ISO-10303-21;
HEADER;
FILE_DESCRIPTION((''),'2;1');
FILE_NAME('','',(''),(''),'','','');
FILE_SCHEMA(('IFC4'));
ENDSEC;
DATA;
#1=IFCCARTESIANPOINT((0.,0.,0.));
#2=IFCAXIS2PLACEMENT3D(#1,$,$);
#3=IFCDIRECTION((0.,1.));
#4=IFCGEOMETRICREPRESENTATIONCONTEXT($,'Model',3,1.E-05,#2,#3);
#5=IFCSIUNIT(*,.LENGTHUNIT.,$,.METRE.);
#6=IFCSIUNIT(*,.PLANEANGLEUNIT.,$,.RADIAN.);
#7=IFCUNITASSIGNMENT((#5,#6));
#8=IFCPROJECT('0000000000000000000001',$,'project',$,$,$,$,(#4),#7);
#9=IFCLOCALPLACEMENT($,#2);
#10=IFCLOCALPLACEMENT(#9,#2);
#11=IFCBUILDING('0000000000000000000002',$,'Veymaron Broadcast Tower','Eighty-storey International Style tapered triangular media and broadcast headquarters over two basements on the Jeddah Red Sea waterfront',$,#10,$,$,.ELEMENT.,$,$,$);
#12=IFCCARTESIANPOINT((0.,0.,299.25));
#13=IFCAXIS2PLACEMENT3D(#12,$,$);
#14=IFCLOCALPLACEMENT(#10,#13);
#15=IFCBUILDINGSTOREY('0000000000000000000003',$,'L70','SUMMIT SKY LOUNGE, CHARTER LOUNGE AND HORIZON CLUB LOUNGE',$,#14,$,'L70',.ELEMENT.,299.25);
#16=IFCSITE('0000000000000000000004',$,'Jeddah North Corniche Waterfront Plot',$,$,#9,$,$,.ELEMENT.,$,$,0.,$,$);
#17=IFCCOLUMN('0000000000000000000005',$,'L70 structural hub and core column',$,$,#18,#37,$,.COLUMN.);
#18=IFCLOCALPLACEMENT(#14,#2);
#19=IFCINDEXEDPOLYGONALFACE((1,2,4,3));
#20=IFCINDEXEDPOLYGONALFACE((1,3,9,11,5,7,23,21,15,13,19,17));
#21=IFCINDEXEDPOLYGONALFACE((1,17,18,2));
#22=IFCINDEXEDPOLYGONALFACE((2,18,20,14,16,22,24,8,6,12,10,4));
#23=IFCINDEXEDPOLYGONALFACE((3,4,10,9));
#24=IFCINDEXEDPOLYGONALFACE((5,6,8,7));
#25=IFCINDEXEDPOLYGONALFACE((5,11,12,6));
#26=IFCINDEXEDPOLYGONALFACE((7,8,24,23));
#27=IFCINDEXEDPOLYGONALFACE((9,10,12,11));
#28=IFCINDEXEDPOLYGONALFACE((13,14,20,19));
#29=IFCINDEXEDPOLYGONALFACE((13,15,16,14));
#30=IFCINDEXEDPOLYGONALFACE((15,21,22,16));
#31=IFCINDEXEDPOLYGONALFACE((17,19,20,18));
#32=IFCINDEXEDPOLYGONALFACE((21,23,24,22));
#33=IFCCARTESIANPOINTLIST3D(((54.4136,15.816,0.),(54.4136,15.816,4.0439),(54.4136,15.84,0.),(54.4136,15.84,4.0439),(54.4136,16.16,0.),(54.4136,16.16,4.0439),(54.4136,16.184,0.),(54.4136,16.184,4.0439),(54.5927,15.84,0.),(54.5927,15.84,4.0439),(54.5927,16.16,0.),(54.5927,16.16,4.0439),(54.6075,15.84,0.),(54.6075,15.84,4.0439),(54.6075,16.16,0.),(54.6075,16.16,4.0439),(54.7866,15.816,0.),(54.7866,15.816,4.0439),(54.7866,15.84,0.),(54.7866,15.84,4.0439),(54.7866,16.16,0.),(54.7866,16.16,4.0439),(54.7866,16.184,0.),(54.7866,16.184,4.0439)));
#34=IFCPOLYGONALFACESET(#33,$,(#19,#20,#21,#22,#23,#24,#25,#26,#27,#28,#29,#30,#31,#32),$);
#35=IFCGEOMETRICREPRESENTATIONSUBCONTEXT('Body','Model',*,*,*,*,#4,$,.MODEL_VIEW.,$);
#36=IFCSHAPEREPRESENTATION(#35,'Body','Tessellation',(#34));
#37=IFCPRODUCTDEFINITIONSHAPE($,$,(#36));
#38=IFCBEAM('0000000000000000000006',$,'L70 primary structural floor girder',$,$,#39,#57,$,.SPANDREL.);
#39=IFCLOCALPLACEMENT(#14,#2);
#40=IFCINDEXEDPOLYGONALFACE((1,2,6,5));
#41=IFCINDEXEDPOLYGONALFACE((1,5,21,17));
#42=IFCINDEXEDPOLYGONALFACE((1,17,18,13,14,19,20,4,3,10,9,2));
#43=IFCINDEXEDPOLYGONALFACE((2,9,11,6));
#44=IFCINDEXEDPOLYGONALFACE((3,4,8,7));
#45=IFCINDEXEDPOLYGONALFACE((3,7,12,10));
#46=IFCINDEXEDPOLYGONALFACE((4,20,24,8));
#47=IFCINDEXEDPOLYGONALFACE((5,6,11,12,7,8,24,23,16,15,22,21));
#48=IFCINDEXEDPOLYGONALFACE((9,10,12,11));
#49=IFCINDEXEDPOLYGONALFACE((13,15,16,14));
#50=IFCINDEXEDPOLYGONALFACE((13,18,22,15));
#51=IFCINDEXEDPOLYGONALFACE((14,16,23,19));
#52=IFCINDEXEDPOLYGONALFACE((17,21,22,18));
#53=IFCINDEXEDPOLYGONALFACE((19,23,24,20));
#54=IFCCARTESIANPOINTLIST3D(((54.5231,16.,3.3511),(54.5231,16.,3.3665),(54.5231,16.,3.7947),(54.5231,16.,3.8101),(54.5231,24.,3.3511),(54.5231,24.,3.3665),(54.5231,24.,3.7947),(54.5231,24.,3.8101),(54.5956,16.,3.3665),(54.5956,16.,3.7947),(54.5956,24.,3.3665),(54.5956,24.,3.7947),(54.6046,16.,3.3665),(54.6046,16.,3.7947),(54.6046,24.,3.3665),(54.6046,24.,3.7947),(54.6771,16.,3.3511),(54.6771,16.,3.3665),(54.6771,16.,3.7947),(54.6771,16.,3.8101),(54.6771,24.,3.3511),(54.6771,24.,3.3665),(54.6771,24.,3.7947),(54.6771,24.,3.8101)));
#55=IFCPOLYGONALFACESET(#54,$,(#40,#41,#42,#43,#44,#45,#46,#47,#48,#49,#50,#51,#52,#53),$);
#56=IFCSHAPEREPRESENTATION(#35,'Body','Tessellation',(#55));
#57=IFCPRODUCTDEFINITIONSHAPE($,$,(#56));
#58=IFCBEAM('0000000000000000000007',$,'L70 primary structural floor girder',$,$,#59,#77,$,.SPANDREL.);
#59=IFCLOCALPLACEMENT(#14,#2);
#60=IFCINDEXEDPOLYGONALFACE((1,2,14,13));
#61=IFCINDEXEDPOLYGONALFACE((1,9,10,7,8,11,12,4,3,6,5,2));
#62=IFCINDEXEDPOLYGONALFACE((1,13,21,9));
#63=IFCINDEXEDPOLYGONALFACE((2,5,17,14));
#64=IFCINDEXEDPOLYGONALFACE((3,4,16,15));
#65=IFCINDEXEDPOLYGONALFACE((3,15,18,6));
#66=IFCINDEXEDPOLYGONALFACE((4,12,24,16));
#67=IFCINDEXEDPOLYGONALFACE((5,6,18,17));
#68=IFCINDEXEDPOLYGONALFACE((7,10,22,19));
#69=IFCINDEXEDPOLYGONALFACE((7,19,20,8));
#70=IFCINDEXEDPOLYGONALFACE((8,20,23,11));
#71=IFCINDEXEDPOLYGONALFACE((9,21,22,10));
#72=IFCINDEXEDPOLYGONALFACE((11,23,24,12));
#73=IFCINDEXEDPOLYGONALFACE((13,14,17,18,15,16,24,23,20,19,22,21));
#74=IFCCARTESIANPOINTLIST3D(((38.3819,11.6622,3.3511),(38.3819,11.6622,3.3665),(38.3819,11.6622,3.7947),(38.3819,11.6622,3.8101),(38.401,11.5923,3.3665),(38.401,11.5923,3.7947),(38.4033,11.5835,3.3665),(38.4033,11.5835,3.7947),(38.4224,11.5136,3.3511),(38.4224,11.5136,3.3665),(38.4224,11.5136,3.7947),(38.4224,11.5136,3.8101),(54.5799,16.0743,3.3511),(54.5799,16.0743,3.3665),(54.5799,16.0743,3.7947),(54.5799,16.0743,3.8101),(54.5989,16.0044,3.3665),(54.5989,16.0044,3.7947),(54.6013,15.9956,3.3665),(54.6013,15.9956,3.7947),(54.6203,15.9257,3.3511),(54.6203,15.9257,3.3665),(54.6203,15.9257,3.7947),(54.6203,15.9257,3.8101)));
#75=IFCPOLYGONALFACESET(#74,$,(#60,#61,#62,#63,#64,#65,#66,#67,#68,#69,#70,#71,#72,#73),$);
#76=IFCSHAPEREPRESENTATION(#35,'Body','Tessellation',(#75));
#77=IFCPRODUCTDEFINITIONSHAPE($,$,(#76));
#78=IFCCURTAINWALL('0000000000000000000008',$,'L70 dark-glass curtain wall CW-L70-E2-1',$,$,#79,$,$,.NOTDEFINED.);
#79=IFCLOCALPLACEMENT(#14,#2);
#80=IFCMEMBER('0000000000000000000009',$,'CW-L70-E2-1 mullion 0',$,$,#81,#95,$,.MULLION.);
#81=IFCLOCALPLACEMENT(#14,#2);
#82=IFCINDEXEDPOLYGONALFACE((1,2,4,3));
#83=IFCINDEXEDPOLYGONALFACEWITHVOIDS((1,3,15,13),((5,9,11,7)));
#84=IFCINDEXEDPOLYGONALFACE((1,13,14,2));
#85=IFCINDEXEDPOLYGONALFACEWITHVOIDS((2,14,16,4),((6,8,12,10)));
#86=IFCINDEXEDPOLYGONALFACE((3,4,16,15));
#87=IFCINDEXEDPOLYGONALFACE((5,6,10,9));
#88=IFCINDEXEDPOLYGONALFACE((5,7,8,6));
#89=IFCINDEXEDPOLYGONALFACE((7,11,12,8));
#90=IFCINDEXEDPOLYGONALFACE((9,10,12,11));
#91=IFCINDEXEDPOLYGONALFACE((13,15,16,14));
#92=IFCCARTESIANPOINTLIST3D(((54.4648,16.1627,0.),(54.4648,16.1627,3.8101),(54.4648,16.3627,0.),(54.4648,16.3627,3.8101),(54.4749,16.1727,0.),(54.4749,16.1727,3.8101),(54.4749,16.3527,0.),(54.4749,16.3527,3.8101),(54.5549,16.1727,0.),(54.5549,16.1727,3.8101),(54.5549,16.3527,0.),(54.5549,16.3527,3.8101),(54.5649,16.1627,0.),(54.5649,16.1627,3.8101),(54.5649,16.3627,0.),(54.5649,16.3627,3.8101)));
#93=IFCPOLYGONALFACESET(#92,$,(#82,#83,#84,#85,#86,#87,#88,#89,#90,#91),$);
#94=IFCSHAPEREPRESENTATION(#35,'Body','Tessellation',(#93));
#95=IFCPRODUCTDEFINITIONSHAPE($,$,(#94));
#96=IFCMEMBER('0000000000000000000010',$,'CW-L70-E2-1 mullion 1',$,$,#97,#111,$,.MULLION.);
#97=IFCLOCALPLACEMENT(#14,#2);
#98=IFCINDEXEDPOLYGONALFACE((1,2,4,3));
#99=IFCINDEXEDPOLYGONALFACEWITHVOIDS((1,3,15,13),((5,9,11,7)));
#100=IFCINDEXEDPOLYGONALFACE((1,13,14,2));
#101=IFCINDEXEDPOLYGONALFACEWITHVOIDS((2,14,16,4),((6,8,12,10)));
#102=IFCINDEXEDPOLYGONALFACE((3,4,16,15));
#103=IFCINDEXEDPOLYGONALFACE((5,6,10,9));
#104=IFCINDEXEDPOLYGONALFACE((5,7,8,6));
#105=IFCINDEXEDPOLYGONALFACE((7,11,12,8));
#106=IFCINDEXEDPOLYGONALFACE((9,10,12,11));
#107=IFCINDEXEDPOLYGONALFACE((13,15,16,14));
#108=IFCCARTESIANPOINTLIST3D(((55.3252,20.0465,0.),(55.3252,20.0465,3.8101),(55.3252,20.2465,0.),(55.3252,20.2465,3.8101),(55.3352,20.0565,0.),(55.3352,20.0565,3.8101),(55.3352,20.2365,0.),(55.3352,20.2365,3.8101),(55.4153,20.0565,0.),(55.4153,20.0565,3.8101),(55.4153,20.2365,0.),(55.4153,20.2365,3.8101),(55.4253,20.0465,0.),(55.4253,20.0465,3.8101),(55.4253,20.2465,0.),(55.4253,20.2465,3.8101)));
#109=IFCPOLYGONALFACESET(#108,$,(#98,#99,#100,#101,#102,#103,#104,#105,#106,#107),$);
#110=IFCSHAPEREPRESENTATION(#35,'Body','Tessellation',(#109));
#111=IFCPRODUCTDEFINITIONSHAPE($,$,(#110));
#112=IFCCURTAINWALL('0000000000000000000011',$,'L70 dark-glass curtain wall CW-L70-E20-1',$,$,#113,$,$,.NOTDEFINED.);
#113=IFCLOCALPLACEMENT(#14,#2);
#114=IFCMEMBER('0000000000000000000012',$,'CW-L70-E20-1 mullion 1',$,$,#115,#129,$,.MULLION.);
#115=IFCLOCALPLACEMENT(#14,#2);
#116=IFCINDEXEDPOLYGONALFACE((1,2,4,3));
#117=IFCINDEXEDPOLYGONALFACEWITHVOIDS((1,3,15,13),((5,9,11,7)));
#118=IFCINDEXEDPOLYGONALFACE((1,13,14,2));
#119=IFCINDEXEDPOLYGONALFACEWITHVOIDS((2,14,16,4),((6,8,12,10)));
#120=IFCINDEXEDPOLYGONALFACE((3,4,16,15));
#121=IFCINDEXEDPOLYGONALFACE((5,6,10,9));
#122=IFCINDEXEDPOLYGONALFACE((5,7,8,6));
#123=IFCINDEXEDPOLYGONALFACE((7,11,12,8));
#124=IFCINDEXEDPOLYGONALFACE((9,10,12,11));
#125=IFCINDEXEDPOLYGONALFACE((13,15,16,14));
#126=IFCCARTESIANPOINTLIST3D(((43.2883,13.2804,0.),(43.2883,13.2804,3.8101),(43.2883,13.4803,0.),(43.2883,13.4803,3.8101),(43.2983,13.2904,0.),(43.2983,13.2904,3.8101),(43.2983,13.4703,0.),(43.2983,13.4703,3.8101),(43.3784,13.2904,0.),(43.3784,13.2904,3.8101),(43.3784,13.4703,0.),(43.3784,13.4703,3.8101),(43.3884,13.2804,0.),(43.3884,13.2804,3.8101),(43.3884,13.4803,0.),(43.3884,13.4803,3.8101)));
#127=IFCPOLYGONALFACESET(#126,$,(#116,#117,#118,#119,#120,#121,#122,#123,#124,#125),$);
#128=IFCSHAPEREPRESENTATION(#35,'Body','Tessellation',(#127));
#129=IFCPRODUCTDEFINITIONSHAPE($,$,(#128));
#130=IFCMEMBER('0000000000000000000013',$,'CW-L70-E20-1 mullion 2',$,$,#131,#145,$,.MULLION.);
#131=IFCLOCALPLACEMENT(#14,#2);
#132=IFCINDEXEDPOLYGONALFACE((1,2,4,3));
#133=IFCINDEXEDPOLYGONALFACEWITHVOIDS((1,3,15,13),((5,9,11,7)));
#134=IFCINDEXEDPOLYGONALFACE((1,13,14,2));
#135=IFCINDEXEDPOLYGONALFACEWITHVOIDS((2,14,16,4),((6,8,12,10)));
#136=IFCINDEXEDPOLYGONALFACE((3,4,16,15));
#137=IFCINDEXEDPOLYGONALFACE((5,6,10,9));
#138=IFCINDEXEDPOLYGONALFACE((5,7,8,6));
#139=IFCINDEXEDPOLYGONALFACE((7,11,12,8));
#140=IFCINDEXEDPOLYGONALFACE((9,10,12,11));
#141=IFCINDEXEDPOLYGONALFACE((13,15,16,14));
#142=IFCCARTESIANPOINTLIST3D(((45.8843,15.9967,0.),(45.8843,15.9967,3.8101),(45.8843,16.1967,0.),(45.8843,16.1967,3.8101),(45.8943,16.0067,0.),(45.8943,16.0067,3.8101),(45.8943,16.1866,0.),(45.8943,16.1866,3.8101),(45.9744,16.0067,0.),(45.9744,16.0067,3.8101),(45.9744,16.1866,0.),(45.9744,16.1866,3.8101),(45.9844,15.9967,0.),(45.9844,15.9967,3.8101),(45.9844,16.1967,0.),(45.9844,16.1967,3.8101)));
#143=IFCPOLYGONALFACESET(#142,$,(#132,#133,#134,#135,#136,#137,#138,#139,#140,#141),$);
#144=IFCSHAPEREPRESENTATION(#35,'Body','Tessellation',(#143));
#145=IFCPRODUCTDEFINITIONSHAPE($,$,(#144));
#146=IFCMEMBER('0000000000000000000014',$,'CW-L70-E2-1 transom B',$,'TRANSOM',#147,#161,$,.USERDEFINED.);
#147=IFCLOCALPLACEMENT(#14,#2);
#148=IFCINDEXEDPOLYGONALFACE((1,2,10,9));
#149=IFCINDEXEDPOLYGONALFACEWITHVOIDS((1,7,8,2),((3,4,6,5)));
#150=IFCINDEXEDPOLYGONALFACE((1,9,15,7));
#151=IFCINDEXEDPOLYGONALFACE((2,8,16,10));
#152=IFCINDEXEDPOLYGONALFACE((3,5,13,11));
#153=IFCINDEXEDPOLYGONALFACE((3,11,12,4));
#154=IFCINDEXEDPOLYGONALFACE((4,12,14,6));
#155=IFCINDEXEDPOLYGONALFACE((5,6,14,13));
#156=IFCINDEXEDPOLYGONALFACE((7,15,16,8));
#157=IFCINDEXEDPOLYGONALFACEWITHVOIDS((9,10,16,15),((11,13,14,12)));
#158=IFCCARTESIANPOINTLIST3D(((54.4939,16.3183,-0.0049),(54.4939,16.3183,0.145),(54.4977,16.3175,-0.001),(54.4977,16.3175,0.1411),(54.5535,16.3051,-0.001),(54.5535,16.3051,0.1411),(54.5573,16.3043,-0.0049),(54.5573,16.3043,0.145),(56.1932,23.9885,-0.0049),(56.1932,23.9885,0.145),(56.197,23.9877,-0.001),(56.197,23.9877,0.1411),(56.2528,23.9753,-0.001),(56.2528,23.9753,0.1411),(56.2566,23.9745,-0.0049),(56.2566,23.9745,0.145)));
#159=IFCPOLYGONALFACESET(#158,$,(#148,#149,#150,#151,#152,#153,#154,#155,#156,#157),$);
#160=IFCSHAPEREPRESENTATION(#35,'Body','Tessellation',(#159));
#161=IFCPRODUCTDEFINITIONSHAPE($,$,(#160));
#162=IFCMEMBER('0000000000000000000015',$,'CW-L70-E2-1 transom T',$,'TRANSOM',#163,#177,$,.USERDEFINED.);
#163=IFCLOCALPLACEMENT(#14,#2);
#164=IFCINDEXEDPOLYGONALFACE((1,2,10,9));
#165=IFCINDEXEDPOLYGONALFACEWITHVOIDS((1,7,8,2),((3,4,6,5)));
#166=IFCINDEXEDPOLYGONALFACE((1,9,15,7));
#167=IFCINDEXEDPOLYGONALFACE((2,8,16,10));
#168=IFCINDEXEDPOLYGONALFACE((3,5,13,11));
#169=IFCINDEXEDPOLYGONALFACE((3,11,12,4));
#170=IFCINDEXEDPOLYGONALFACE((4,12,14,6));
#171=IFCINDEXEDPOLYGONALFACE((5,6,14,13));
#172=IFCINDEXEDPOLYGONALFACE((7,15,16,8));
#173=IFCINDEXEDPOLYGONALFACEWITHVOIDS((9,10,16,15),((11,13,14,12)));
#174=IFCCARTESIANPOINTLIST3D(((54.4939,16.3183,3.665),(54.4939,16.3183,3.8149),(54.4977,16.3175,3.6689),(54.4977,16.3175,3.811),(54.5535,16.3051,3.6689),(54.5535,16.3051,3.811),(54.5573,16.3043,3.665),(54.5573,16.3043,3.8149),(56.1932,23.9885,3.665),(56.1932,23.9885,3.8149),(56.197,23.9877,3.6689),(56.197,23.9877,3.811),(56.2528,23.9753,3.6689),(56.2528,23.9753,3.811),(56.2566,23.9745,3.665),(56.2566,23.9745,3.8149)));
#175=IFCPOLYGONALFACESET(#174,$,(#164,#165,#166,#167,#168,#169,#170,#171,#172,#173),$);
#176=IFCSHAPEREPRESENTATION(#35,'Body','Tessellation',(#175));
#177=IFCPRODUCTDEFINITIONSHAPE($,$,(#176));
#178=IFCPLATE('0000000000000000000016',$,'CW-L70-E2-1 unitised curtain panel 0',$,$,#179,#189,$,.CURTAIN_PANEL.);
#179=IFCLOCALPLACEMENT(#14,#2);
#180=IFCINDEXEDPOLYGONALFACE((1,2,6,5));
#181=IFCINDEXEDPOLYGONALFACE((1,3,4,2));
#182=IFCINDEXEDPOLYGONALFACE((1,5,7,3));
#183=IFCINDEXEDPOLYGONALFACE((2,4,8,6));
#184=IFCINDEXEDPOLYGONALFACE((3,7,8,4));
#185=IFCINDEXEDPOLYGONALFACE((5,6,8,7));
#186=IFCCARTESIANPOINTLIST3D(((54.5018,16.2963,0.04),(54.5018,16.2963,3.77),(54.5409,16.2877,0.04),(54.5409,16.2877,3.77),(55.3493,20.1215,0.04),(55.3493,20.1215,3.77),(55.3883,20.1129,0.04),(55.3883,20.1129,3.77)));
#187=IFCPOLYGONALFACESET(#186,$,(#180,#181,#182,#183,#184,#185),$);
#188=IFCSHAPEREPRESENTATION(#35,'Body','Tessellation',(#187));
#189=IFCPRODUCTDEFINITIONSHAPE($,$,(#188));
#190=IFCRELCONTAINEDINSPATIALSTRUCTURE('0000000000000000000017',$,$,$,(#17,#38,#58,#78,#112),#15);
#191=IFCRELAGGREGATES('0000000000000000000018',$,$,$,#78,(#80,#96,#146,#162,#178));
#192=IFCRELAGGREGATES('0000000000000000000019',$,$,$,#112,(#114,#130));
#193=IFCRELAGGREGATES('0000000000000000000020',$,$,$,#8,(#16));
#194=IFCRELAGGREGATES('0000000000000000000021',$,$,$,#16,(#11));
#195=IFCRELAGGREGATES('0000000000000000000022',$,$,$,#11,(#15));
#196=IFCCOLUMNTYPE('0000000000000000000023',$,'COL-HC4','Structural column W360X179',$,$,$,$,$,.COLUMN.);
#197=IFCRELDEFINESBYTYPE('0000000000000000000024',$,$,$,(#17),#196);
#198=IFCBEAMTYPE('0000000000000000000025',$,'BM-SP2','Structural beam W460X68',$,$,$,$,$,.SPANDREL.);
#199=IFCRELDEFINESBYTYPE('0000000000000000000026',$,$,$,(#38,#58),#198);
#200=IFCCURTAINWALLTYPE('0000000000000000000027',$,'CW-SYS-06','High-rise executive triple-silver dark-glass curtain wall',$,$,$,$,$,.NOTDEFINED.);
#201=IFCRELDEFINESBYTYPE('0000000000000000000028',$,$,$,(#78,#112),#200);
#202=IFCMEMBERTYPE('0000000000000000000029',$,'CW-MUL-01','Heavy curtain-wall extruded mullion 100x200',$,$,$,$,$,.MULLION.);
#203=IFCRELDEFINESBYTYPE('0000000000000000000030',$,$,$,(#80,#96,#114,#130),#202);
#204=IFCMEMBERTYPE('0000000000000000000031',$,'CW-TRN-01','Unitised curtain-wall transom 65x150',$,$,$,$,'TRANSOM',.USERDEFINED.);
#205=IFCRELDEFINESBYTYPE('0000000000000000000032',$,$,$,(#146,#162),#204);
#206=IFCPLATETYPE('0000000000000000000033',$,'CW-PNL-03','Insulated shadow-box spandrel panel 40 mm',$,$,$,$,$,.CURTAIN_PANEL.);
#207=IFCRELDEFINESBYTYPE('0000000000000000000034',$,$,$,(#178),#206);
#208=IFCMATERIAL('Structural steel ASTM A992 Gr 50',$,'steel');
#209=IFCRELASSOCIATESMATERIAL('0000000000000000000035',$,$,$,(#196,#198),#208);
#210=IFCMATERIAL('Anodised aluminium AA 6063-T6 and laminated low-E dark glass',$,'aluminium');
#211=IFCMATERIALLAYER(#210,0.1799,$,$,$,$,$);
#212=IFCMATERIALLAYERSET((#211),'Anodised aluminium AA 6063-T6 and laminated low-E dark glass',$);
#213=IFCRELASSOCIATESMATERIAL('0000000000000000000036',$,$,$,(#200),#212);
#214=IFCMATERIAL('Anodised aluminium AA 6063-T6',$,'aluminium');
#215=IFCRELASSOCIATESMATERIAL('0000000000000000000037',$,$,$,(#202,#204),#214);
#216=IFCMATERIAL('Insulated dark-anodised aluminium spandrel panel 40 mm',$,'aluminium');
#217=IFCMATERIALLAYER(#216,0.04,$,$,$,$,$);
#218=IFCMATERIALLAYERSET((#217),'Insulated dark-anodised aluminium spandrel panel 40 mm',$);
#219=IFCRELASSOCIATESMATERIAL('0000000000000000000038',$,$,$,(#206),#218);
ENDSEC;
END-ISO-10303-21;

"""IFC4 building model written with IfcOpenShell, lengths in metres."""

from ifc_helpers import new_model, si_unit, direction, frame, origin, origin_2d, place, context, subcontext, project, spatial, rectangle, hollow_rectangle, i_section, extrude, material, layer, layer_set, material_profile, profile_set, type_object, element, aggregate, save


model = new_model("IFC4")

# Units and contexts
model_context = context("Model", 3, precision=1e-05, world=origin(), true_north=direction((0.0, 1.0)))
body_context = subcontext(model_context, "Body", "Model", "MODEL_VIEW")
ifc_project = project(units=[si_unit("LENGTHUNIT", "METRE"), si_unit("PLANEANGLEUNIT", "RADIAN")], contexts=[model_context])

# Site, building, storey
site_placement = place(None, origin())
site = spatial("IfcSite", under=ifc_project, at=site_placement, Name="Jeddah North Corniche Waterfront Plot", CompositionType="ELEMENT", RefElevation=0.0)
building_placement = place(site_placement, origin())
building = spatial("IfcBuilding", under=site, at=building_placement, Name="Veymaron Broadcast Tower", Description="Eighty-storey International Style tapered triangular media and broadcast headquarters over two basements on the Jeddah Red Sea waterfront", CompositionType="ELEMENT")
storey_placement = place(building_placement, frame((0.0, 0.0, 299.25)))
storey = spatial("IfcBuildingStorey", under=building, at=storey_placement, Name="L70", Description="SUMMIT SKY LOUNGE, CHARTER LOUNGE AND HORIZON CLUB LOUNGE", LongName="L70", CompositionType="ELEMENT", Elevation=299.25)

# Column
ifc_material_1 = material(Name="Structural steel ASTM A992 Gr 50", Category="steel")
ifc_material_profile_1 = material_profile(ifc_material_1, i_section(OverallWidth=0.373, OverallDepth=0.3679, WebThickness=0.0149, FlangeThickness=0.0239, at=origin_2d()), Name="W360X179")
ifc_profile_set_1 = profile_set([ifc_material_profile_1], Name="Structural steel ASTM A992 Gr 50")
column_type = type_object("IfcColumnType", Name="COL-HC4", Description="Structural column W360X179", PredefinedType="COLUMN", material=ifc_profile_set_1)
column_placement = place(storey_placement, frame((54.6001, 16.0, 0.0), z_axis=(0.0, 0.0, 1.0), x_axis=(1.0, 0.0, 0.0)))
element("IfcColumn", 1, at=column_placement, inside=storey, type_object=column_type, Name="L70 structural hub and core column", PredefinedType="COLUMN", context=body_context, shape_type="SweptSolid", body=[
    extrude(i_section(OverallWidth=0.373, OverallDepth=0.3679, WebThickness=0.0149, FlangeThickness=0.0239, at=origin_2d()), origin(), (0.0, 0.0, 1.0), 4.0439),
])

# Beams
ifc_material_profile_2 = material_profile(ifc_material_1, i_section(OverallWidth=0.1541, OverallDepth=0.459, WebThickness=0.009, FlangeThickness=0.0154, at=origin_2d()), Name="W460X68")
ifc_profile_set_2 = profile_set([ifc_material_profile_2], Name="Structural steel ASTM A992 Gr 50")
beam_type = type_object("IfcBeamType", Name="BM-SP2", Description="Structural beam W460X68", PredefinedType="SPANDREL", material=ifc_profile_set_2)
beam_1_placement = place(storey_placement, frame((54.6001, 16.0, 3.5806), z_axis=(0.0, 1.0, 0.0), x_axis=(-1.0, 0.0, 0.0)))
element("IfcBeam", 2, at=beam_1_placement, inside=storey, type_object=beam_type, Name="L70 primary structural floor girder", PredefinedType="SPANDREL", context=body_context, shape_type="SweptSolid", body=[
    extrude(i_section(OverallWidth=0.1541, OverallDepth=0.459, WebThickness=0.009, FlangeThickness=0.0154, at=origin_2d()), origin(), (0.0, 0.0, 1.0), 8.0),
])
beam_2_placement = place(storey_placement, frame((54.6001, 16.0, 3.5806), z_axis=(-0.964847, -0.262811, 0.0), x_axis=(0.262811, -0.964847, 0.0)))
element("IfcBeam", 3, at=beam_2_placement, inside=storey, type_object=beam_type, Name="L70 primary structural floor girder", PredefinedType="SPANDREL", context=body_context, shape_type="SweptSolid", body=[
    extrude(i_section(OverallWidth=0.1541, OverallDepth=0.459, WebThickness=0.009, FlangeThickness=0.0154, at=origin_2d()), origin(), (0.0, 0.0, 1.0), 16.7881),
])

# Curtain walls, members
ifc_material_2 = material(Name="Anodised aluminium AA 6063-T6 and laminated low-E dark glass", Category="aluminium")
ifc_layer_1 = layer(ifc_material_2, 0.1799)
ifc_layer_set_1 = layer_set([ifc_layer_1], Name="Anodised aluminium AA 6063-T6 and laminated low-E dark glass")
curtain_wall_type = type_object("IfcCurtainWallType", Name="CW-SYS-06", Description="High-rise executive triple-silver dark-glass curtain wall", PredefinedType="NOTDEFINED", material=ifc_layer_set_1)
curtain_wall_1_placement = place(storey_placement, origin())
curtain_wall_1 = element("IfcCurtainWall", 4, at=curtain_wall_1_placement, inside=storey, type_object=curtain_wall_type, Name="L70 dark-glass curtain wall CW-L70-E2-1", PredefinedType="NOTDEFINED")
ifc_material_3 = material(Name="Anodised aluminium AA 6063-T6", Category="aluminium")
ifc_material_profile_3 = material_profile(ifc_material_3, hollow_rectangle(XDim=0.1001, YDim=0.2, WallThickness=0.01, at=origin_2d()), Name="RHS200X100X10")
ifc_profile_set_3 = profile_set([ifc_material_profile_3], Name="Anodised aluminium AA 6063-T6")
member_type_1 = type_object("IfcMemberType", Name="CW-MUL-01", Description="Heavy curtain-wall extruded mullion 100x200", PredefinedType="MULLION", material=ifc_profile_set_3)
member_1_placement = place(storey_placement, frame((54.5149, 16.2627, 0.0), z_axis=(0.0, 0.0, 1.0), x_axis=(1.0, 0.0, 0.0)))
member_1 = element("IfcMember", 5, at=member_1_placement, type_object=member_type_1, Name="CW-L70-E2-1 mullion 0", PredefinedType="MULLION", context=body_context, shape_type="SweptSolid", body=[
    extrude(hollow_rectangle(XDim=0.1001, YDim=0.2, WallThickness=0.01, at=origin_2d()), origin(), (0.0, 0.0, 1.0), 3.8101),
])
member_2_placement = place(storey_placement, frame((55.3752, 20.1465, 0.0), z_axis=(0.0, 0.0, 1.0), x_axis=(1.0, 0.0, 0.0)))
member_2 = element("IfcMember", 6, at=member_2_placement, type_object=member_type_1, Name="CW-L70-E2-1 mullion 1", PredefinedType="MULLION", context=body_context, shape_type="SweptSolid", body=[
    extrude(hollow_rectangle(XDim=0.1001, YDim=0.2, WallThickness=0.01, at=origin_2d()), origin(), (0.0, 0.0, 1.0), 3.8101),
])
curtain_wall_2_placement = place(storey_placement, origin())
curtain_wall_2 = element("IfcCurtainWall", 7, at=curtain_wall_2_placement, inside=storey, type_object=curtain_wall_type, Name="L70 dark-glass curtain wall CW-L70-E20-1", PredefinedType="NOTDEFINED")
member_3_placement = place(storey_placement, frame((43.3384, 13.3804, 0.0), z_axis=(0.0, 0.0, 1.0), x_axis=(1.0, 0.0, 0.0)))
member_3 = element("IfcMember", 8, at=member_3_placement, type_object=member_type_1, Name="CW-L70-E20-1 mullion 1", PredefinedType="MULLION", context=body_context, shape_type="SweptSolid", body=[
    extrude(hollow_rectangle(XDim=0.1001, YDim=0.2, WallThickness=0.01, at=origin_2d()), origin(), (0.0, 0.0, 1.0), 3.8101),
])
member_4_placement = place(storey_placement, frame((45.9343, 16.0967, 0.0), z_axis=(0.0, 0.0, 1.0), x_axis=(1.0, 0.0, 0.0)))
member_4 = element("IfcMember", 9, at=member_4_placement, type_object=member_type_1, Name="CW-L70-E20-1 mullion 2", PredefinedType="MULLION", context=body_context, shape_type="SweptSolid", body=[
    extrude(hollow_rectangle(XDim=0.1001, YDim=0.2, WallThickness=0.01, at=origin_2d()), origin(), (0.0, 0.0, 1.0), 3.8101),
])

# Members
ifc_material_profile_4 = material_profile(ifc_material_3, hollow_rectangle(XDim=0.0649, YDim=0.1499, WallThickness=0.0039, at=origin_2d()), Name="AL150X65X4")
ifc_profile_set_4 = profile_set([ifc_material_profile_4], Name="Anodised aluminium AA 6063-T6")
member_type_2 = type_object("IfcMemberType", Name="CW-TRN-01", Description="Unitised curtain-wall transom 65x150", ElementType="TRANSOM", PredefinedType="USERDEFINED", material=ifc_profile_set_4)
member_5_placement = place(storey_placement, frame((54.5256, 16.3113, 0.0701), z_axis=(0.216292, 0.976329, 0.0), x_axis=(-0.976329, 0.216292, 0.0)))
member_5 = element("IfcMember", 10, at=member_5_placement, type_object=member_type_2, Name="CW-L70-E2-1 transom B", ObjectType="TRANSOM", PredefinedType="USERDEFINED", context=body_context, shape_type="SweptSolid", body=[
    extrude(hollow_rectangle(XDim=0.0649, YDim=0.1499, WallThickness=0.0039, at=origin_2d()), origin(), (0.0, 0.0, 1.0), 7.8562),
])
member_6_placement = place(storey_placement, frame((54.5256, 16.3113, 3.74), z_axis=(0.216292, 0.976329, 0.0), x_axis=(-0.976329, 0.216292, 0.0)))
member_6 = element("IfcMember", 11, at=member_6_placement, type_object=member_type_2, Name="CW-L70-E2-1 transom T", ObjectType="TRANSOM", PredefinedType="USERDEFINED", context=body_context, shape_type="SweptSolid", body=[
    extrude(hollow_rectangle(XDim=0.0649, YDim=0.1499, WallThickness=0.0039, at=origin_2d()), origin(), (0.0, 0.0, 1.0), 7.8562),
])

# Plate
ifc_material_4 = material(Name="Insulated dark-anodised aluminium spandrel panel 40 mm", Category="aluminium")
ifc_layer_2 = layer(ifc_material_4, 0.04)
ifc_layer_set_2 = layer_set([ifc_layer_2], Name="Insulated dark-anodised aluminium spandrel panel 40 mm")
plate_type = type_object("IfcPlateType", Name="CW-PNL-03", Description="Insulated shadow-box spandrel panel 40 mm", PredefinedType="CURTAIN_PANEL", material=ifc_layer_set_2)
plate_1_placement = place(storey_placement, frame((54.9451, 18.2046, 0.04), z_axis=(0.0, 0.0, 1.0), x_axis=(0.216303, 0.976326, 0.0)))
plate_1 = element("IfcPlate", 12, at=plate_1_placement, type_object=plate_type, Name="CW-L70-E2-1 unitised curtain panel 0", PredefinedType="CURTAIN_PANEL", context=body_context, shape_type="SweptSolid", body=[
    extrude(rectangle(XDim=3.918, YDim=0.04, at=origin_2d()), origin(), (0.0, 0.0, 1.0), 3.73),
])
aggregate(curtain_wall_1, [member_1, member_2, member_5, member_6, plate_1])
aggregate(curtain_wall_2, [member_3, member_4])

save(model, "model.ifc")
